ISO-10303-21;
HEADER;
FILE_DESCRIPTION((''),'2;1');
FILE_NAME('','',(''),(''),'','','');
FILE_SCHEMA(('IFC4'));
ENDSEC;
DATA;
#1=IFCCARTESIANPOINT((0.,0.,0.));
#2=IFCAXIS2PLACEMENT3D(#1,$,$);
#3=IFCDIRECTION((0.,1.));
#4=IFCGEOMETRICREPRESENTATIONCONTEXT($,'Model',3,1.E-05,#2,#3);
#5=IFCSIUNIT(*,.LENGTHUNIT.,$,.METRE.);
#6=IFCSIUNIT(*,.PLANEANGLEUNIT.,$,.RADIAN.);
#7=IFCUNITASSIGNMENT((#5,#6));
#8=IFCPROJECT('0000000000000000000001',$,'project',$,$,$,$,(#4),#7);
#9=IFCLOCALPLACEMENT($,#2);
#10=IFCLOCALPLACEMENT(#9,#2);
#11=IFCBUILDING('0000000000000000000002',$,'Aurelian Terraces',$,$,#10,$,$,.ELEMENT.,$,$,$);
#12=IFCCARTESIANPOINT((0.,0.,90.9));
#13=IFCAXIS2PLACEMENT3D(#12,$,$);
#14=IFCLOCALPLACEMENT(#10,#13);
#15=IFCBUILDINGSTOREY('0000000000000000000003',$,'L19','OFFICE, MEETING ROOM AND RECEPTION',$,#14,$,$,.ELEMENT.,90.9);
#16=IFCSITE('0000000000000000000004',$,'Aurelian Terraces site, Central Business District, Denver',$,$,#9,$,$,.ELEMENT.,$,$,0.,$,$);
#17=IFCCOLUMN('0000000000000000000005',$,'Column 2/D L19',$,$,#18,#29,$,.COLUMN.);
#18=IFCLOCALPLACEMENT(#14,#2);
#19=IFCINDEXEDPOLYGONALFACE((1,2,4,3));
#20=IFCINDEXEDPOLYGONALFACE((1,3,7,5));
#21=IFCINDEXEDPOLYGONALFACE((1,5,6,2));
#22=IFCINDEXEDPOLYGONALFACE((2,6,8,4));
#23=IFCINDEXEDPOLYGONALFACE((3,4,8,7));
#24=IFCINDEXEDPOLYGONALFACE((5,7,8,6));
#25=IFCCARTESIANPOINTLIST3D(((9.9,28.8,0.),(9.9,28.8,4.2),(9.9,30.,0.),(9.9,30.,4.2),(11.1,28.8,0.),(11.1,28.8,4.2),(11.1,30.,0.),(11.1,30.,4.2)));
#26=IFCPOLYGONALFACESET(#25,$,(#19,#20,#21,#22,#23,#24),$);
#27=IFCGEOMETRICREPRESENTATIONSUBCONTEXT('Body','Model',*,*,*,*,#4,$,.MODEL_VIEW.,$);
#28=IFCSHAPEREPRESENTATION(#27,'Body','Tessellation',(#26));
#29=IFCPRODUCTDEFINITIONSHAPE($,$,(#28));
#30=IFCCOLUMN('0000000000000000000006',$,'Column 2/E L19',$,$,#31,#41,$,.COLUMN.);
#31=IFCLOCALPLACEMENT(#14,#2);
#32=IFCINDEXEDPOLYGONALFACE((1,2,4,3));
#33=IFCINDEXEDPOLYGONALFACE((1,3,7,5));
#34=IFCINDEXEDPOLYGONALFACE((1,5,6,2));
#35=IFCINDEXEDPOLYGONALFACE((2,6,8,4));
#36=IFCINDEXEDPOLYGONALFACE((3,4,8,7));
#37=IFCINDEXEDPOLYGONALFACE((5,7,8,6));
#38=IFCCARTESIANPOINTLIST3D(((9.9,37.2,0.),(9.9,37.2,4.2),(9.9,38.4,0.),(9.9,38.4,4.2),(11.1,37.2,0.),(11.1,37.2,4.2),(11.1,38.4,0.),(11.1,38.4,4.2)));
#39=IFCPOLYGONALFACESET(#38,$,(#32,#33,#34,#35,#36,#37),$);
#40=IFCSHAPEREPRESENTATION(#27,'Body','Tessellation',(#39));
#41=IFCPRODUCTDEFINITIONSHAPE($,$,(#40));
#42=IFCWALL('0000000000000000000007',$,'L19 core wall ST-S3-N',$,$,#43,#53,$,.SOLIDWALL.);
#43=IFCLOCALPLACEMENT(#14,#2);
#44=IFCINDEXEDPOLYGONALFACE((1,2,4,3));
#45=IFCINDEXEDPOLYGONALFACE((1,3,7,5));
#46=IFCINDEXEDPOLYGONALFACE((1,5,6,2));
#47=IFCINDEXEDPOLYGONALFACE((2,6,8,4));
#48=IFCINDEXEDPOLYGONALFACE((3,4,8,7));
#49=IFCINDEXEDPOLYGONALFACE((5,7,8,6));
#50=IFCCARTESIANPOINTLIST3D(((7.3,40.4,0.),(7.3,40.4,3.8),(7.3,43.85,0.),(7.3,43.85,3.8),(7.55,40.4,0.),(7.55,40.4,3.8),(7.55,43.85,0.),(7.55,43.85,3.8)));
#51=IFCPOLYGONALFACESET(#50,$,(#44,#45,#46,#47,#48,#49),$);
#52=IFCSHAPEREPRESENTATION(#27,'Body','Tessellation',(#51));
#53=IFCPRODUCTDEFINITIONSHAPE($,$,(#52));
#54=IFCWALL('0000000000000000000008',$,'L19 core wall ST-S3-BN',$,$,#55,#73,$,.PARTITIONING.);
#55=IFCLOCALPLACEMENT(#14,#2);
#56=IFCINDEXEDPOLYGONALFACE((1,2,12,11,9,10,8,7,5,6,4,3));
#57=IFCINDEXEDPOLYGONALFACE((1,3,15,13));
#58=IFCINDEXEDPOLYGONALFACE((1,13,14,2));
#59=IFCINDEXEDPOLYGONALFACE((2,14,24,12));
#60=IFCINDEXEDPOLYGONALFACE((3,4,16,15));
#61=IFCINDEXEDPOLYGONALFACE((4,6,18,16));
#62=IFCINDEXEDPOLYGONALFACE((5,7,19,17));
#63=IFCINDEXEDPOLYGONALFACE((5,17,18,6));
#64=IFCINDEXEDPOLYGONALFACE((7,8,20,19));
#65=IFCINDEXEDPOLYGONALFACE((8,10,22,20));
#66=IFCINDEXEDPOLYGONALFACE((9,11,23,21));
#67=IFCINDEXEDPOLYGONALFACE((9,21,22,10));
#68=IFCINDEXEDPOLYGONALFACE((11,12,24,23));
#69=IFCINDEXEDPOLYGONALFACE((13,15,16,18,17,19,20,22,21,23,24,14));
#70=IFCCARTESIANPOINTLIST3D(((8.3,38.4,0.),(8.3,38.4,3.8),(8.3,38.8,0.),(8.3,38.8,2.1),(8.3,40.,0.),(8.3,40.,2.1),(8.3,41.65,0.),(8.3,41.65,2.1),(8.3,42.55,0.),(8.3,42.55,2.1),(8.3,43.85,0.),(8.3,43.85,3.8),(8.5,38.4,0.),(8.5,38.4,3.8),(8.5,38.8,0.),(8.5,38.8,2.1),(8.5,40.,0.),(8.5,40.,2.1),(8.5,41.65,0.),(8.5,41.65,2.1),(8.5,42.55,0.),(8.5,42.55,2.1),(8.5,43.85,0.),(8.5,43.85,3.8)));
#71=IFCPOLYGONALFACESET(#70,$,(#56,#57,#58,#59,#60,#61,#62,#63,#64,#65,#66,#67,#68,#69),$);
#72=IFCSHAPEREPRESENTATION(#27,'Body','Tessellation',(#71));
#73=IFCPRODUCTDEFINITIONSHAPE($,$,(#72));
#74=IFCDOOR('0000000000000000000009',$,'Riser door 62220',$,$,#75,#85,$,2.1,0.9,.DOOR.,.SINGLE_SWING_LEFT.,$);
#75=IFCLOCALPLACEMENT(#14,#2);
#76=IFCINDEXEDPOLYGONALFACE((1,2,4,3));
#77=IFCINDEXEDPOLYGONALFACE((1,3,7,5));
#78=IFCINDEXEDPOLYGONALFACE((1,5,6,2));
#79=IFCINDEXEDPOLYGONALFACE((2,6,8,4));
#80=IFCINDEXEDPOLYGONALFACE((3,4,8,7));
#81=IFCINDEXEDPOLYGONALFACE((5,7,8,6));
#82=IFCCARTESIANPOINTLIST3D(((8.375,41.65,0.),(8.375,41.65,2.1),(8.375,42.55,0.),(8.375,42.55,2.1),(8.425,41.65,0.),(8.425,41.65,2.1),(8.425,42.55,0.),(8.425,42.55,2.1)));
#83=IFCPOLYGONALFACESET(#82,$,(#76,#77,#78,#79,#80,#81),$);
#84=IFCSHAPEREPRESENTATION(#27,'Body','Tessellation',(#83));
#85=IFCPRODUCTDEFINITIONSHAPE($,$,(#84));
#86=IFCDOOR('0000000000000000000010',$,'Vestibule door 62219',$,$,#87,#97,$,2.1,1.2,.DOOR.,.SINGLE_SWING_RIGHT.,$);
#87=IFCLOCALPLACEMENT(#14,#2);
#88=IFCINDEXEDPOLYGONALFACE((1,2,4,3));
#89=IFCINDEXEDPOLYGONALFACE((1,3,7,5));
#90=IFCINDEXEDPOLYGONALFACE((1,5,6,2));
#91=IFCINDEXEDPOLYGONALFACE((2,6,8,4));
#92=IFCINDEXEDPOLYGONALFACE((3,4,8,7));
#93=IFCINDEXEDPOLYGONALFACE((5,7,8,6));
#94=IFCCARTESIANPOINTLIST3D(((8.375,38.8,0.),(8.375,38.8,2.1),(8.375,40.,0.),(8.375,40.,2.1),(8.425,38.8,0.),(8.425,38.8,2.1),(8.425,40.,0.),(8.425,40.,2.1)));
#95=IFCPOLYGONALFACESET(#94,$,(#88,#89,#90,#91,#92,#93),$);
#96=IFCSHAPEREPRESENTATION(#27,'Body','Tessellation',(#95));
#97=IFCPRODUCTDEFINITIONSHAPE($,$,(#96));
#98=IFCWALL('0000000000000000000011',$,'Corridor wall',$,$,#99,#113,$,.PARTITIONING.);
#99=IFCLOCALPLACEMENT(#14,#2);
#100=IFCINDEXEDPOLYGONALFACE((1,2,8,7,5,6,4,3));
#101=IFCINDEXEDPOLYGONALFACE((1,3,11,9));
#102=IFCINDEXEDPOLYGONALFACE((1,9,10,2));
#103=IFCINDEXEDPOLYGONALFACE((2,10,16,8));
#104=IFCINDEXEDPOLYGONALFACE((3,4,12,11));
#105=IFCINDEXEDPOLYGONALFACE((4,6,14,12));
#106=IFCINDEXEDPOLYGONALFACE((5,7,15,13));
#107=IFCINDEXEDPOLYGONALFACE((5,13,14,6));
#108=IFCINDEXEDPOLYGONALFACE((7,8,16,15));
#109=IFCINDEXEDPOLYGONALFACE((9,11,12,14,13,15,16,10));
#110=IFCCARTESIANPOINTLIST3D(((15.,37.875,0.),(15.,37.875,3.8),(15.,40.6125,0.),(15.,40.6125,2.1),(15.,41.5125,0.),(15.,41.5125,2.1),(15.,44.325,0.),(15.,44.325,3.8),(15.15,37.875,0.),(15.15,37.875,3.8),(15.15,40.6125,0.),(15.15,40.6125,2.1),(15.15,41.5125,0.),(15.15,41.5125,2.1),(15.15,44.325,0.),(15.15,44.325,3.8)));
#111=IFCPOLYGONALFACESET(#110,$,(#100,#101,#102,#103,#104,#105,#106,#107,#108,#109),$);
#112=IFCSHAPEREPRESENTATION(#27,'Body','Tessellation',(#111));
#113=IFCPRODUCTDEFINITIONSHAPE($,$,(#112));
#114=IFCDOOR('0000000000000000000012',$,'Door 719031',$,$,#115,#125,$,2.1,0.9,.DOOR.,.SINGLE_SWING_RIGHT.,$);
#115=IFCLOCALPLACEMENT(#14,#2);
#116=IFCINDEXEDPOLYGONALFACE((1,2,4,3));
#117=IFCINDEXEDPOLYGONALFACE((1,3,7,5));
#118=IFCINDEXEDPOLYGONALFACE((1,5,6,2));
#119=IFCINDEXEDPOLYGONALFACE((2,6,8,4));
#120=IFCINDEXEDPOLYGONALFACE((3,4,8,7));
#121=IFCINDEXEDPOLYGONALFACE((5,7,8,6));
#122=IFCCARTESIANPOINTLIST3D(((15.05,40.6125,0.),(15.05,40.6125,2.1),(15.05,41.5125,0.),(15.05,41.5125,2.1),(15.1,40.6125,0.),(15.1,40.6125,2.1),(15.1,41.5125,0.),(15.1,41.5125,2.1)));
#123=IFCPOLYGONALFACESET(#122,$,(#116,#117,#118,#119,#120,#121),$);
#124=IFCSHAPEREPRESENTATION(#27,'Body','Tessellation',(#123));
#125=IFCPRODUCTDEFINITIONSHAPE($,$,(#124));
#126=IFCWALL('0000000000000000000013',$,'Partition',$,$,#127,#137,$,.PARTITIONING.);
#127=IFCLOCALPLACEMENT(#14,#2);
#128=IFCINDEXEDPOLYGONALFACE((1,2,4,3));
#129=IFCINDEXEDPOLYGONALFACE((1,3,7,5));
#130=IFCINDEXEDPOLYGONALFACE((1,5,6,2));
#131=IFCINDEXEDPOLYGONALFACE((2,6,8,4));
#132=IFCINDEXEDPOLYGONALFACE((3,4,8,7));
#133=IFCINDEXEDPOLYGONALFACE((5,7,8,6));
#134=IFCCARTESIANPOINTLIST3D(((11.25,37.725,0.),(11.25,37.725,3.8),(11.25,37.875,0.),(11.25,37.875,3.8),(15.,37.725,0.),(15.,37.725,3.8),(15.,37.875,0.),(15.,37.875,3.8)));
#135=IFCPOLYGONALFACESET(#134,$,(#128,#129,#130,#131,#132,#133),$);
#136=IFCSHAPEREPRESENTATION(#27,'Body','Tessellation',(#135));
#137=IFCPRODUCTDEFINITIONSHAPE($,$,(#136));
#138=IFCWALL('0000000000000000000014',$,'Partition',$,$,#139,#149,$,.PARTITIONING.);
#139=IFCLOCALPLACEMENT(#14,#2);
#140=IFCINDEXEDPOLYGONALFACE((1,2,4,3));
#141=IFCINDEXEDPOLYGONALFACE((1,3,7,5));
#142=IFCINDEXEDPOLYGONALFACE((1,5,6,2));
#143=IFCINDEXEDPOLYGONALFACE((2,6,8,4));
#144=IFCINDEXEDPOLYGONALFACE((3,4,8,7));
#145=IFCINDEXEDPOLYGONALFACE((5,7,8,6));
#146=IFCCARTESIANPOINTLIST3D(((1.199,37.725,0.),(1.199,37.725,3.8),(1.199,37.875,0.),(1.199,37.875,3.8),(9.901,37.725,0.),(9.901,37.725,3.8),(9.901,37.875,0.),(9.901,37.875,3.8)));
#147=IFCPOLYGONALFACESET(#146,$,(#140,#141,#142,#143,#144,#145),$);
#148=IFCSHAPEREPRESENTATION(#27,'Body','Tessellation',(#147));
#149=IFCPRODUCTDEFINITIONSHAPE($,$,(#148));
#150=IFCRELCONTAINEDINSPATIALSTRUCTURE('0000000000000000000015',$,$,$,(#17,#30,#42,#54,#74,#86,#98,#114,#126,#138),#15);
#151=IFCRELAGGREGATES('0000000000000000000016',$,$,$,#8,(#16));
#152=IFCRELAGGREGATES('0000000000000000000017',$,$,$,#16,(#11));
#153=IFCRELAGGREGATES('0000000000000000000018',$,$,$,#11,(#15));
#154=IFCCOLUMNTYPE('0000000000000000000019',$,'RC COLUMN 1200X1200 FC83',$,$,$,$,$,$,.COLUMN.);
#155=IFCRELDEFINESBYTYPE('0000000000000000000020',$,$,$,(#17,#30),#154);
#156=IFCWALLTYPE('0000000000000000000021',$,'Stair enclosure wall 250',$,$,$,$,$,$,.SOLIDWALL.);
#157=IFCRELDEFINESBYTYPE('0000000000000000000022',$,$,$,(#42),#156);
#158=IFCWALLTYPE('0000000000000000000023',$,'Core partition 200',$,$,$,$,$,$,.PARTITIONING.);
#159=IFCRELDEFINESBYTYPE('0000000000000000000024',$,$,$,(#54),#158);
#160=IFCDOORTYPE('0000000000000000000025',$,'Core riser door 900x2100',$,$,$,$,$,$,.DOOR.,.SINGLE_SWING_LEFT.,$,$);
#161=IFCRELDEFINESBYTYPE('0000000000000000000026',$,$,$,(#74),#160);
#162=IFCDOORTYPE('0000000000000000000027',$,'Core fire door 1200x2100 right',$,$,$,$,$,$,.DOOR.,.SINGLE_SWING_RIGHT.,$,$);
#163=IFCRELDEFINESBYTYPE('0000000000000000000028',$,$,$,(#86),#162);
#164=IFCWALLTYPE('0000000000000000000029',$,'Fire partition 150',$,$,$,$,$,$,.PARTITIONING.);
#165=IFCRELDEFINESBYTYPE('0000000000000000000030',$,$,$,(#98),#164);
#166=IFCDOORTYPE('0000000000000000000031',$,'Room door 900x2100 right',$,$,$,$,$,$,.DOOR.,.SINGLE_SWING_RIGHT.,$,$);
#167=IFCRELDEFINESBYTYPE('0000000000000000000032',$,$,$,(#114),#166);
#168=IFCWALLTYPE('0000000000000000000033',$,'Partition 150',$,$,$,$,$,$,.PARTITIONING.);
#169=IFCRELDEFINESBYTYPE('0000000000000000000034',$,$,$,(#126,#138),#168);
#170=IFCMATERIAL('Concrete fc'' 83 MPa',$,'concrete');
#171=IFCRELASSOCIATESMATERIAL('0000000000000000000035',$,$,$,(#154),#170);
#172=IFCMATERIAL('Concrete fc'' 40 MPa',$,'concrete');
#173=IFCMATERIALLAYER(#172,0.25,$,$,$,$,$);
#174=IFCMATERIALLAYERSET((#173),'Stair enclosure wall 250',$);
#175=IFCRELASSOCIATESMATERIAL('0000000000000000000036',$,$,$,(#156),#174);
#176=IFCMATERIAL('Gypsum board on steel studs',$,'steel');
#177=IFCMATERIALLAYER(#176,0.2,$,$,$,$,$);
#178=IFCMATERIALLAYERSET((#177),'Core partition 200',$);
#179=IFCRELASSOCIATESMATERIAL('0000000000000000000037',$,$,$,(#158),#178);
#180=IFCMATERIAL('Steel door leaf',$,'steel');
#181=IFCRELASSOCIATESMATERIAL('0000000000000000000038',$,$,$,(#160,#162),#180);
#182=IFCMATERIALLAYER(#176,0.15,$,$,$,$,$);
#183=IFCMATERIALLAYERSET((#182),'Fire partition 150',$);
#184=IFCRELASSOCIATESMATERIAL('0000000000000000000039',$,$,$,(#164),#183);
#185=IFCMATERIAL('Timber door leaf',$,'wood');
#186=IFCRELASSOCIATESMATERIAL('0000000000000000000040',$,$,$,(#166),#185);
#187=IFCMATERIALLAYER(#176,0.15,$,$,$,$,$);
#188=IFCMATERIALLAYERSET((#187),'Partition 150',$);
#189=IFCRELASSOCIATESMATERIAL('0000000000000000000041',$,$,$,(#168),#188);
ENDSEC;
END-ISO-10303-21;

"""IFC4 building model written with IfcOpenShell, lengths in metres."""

from ifc_helpers import new_model, si_unit, direction, frame, frame_2d, origin, origin_2d, place, context, subcontext, project, spatial, rectangle, extrude, source, transform, mapped, material, layer, layer_set, material_profile, profile_set, type_object, element, fill, save


model = new_model("IFC4")

# Units and contexts
model_context = context("Model", 3, precision=1e-05, world=origin(), true_north=direction((0.0, 1.0)))
body_context = subcontext(model_context, "Body", "Model", "MODEL_VIEW")
ifc_project = project(units=[si_unit("LENGTHUNIT", "METRE"), si_unit("PLANEANGLEUNIT", "RADIAN")], contexts=[model_context])

# Site, building, storey
site_placement = place(None, origin())
site = spatial("IfcSite", under=ifc_project, at=site_placement, Name="Aurelian Terraces site, Central Business District, Denver", CompositionType="ELEMENT", RefElevation=0.0)
building_placement = place(site_placement, origin())
building = spatial("IfcBuilding", under=site, at=building_placement, Name="Aurelian Terraces", CompositionType="ELEMENT")
storey_placement = place(building_placement, frame((0.0, 0.0, 90.9)))
storey = spatial("IfcBuildingStorey", under=building, at=storey_placement, Name="L19", Description="OFFICE, MEETING ROOM AND RECEPTION", CompositionType="ELEMENT", Elevation=90.9)

# Columns
ifc_material_1 = material(Name="Concrete fc' 83 MPa", Category="concrete")
ifc_material_profile = material_profile(ifc_material_1, rectangle(XDim=1.2, YDim=1.2, at=origin_2d()))
ifc_profile_set = profile_set([ifc_material_profile], Name="Concrete fc' 83 MPa")
column_type = type_object("IfcColumnType", Name="RC COLUMN 1200X1200 FC83", PredefinedType="COLUMN", material=ifc_profile_set)
shared_shape_1 = source(origin(), body_context, "Body", "SweptSolid", [
    extrude(rectangle(XDim=1.2, YDim=1.2, at=origin_2d()), origin(), (0.0, 0.0, 1.0), 4.2),
])
for number, where, z_axis, x_axis, name in (
    (1, (10.5, 29.4, 0.0), (0.0, 0.0, 1.0), (1.0, 0.0, 0.0), "Column 2/D L19"),
    (2, (10.5, 37.8, 0.0), (0.0, 0.0, 1.0), (1.0, 0.0, 0.0), "Column 2/E L19"),
):
    element("IfcColumn", number, at=place(storey_placement, frame(where, z_axis=z_axis, x_axis=x_axis)), inside=storey, type_object=column_type, Name=name, PredefinedType="COLUMN", context=body_context, shape_type="MappedRepresentation", body=[
        mapped(shared_shape_1, transform((0.0, 0.0, 0.0), scale=1.0)),
    ])

# Wall
ifc_material_2 = material(Name="Concrete fc' 40 MPa", Category="concrete")
ifc_layer_1 = layer(ifc_material_2, 0.25)
ifc_layer_set_1 = layer_set([ifc_layer_1], Name="Stair enclosure wall 250")
wall_type_1 = type_object("IfcWallType", Name="Stair enclosure wall 250", PredefinedType="SOLIDWALL", material=ifc_layer_set_1)
shared_shape_2 = source(origin(), body_context, "Body", "SweptSolid", [
    extrude(rectangle(XDim=3.45, YDim=0.25, at=frame_2d((1.725, 0.0))), origin(), (0.0, 0.0, 1.0), 3.8),
])
wall_1_placement = place(storey_placement, frame((7.425, 40.4, 0.0), z_axis=(0.0, 0.0, 1.0), x_axis=(0.0, 1.0, 0.0)))
element("IfcWall", 3, at=wall_1_placement, inside=storey, type_object=wall_type_1, Name="L19 core wall ST-S3-N", PredefinedType="SOLIDWALL", context=body_context, shape_type="MappedRepresentation", body=[
    mapped(shared_shape_2, transform((0.0, 0.0, 0.0), scale=1.0)),
])

# Wall, openings, doors
ifc_material_3 = material(Name="Gypsum board on steel studs", Category="steel")
ifc_layer_2 = layer(ifc_material_3, 0.2)
ifc_layer_set_2 = layer_set([ifc_layer_2], Name="Core partition 200")
wall_type_2 = type_object("IfcWallType", Name="Core partition 200", PredefinedType="PARTITIONING", material=ifc_layer_set_2)
shared_shape_3 = source(origin(), body_context, "Body", "SweptSolid", [
    extrude(rectangle(XDim=5.45, YDim=0.2, at=frame_2d((2.725, 0.0))), origin(), (0.0, 0.0, 1.0), 3.8),
])
wall_2_placement = place(storey_placement, frame((8.4, 38.4, 0.0), z_axis=(0.0, 0.0, 1.0), x_axis=(0.0, 1.0, 0.0)))
wall_2 = element("IfcWall", 4, at=wall_2_placement, inside=storey, type_object=wall_type_2, Name="L19 core wall ST-S3-BN", PredefinedType="PARTITIONING", context=body_context, shape_type="MappedRepresentation", body=[
    mapped(shared_shape_3, transform((0.0, 0.0, 0.0), scale=1.0)),
])
shared_shape_4 = source(origin(), body_context, "Body", "SweptSolid", [
    extrude(rectangle(XDim=1.2, YDim=2.1, at=frame_2d((0.6, 1.05))), frame((0.0, 0.11, 0.0), z_axis=(0.0, -1.0, 0.0), x_axis=(1.0, 0.0, 0.0)), (0.0, 0.0, 1.0), 0.22),
])
opening_1_placement = place(wall_2_placement, frame((0.4, 0.0, 0.0)))
opening_1 = element("IfcOpeningElement", 5, at=opening_1_placement, cuts=wall_2, PredefinedType="OPENING", context=body_context, shape_type="MappedRepresentation", body=[
    mapped(shared_shape_4, transform((0.0, 0.0, 0.0), scale=1.0)),
])
shared_shape_5 = source(origin(), body_context, "Body", "SweptSolid", [
    extrude(rectangle(XDim=0.9, YDim=2.1, at=frame_2d((0.45, 1.05))), frame((0.0, 0.11, 0.0), z_axis=(0.0, -1.0, 0.0), x_axis=(1.0, 0.0, 0.0)), (0.0, 0.0, 1.0), 0.22),
])
opening_2_placement = place(wall_2_placement, frame((3.25, 0.0, 0.0)))
opening_2 = element("IfcOpeningElement", 6, at=opening_2_placement, cuts=wall_2, PredefinedType="OPENING", context=body_context, shape_type="MappedRepresentation", body=[
    mapped(shared_shape_5, transform((0.0, 0.0, 0.0), scale=1.0)),
])
ifc_material_4 = material(Name="Steel door leaf", Category="steel")
door_type_1 = type_object("IfcDoorType", Name="Core riser door 900x2100", OperationType="SINGLE_SWING_LEFT", PredefinedType="DOOR", material=ifc_material_4)
shared_shape_6 = source(origin(), body_context, "Body", "SweptSolid", [
    extrude(rectangle(XDim=0.9, YDim=2.1, at=frame_2d((0.45, 1.05))), frame((0.0, 0.025, 0.0), z_axis=(0.0, -1.0, 0.0), x_axis=(1.0, 0.0, 0.0)), (0.0, 0.0, 1.0), 0.05),
])
door_1_placement = place(opening_2_placement, origin())
door_1 = element("IfcDoor", 7, at=door_1_placement, inside=storey, type_object=door_type_1, Name="Riser door 62220", OperationType="SINGLE_SWING_LEFT", OverallHeight=2.1, OverallWidth=0.9, PredefinedType="DOOR", context=body_context, shape_type="MappedRepresentation", body=[
    mapped(shared_shape_6, transform((0.0, 0.0, 0.0), scale=1.0)),
])
fill(opening_2, door_1)
door_type_2 = type_object("IfcDoorType", Name="Core fire door 1200x2100 right", OperationType="SINGLE_SWING_RIGHT", PredefinedType="DOOR", material=ifc_material_4)
shared_shape_7 = source(origin(), body_context, "Body", "SweptSolid", [
    extrude(rectangle(XDim=1.2, YDim=2.1, at=frame_2d((0.6, 1.05))), frame((0.0, 0.025, 0.0), z_axis=(0.0, -1.0, 0.0), x_axis=(1.0, 0.0, 0.0)), (0.0, 0.0, 1.0), 0.05),
])
door_2_placement = place(opening_1_placement, origin())
door_2 = element("IfcDoor", 8, at=door_2_placement, inside=storey, type_object=door_type_2, Name="Vestibule door 62219", OperationType="SINGLE_SWING_RIGHT", OverallHeight=2.1, OverallWidth=1.2, PredefinedType="DOOR", context=body_context, shape_type="MappedRepresentation", body=[
    mapped(shared_shape_7, transform((0.0, 0.0, 0.0), scale=1.0)),
])
fill(opening_1, door_2)

# Wall, opening, door
ifc_layer_3 = layer(ifc_material_3, 0.15)
ifc_layer_set_3 = layer_set([ifc_layer_3], Name="Fire partition 150")
wall_type_3 = type_object("IfcWallType", Name="Fire partition 150", PredefinedType="PARTITIONING", material=ifc_layer_set_3)
shared_shape_8 = source(origin(), body_context, "Body", "SweptSolid", [
    extrude(rectangle(XDim=6.45, YDim=0.15, at=frame_2d((3.225, 0.0))), origin(), (0.0, 0.0, 1.0), 3.8),
])
wall_3_placement = place(storey_placement, frame((15.075, 37.875, 0.0), z_axis=(0.0, 0.0, 1.0), x_axis=(0.0, 1.0, 0.0)))
wall_3 = element("IfcWall", 9, at=wall_3_placement, inside=storey, type_object=wall_type_3, Name="Corridor wall", PredefinedType="PARTITIONING", context=body_context, shape_type="MappedRepresentation", body=[
    mapped(shared_shape_8, transform((0.0, 0.0, 0.0), scale=1.0)),
])
shared_shape_9 = source(origin(), body_context, "Body", "SweptSolid", [
    extrude(rectangle(XDim=0.9, YDim=2.1, at=frame_2d((0.45, 1.05))), frame((0.0, 0.085, 0.0), z_axis=(0.0, -1.0, 0.0), x_axis=(1.0, 0.0, 0.0)), (0.0, 0.0, 1.0), 0.17),
])
opening_3_placement = place(wall_3_placement, frame((2.7375, 0.0, 0.0)))
opening_3 = element("IfcOpeningElement", 10, at=opening_3_placement, cuts=wall_3, PredefinedType="OPENING", context=body_context, shape_type="MappedRepresentation", body=[
    mapped(shared_shape_9, transform((0.0, 0.0, 0.0), scale=1.0)),
])
ifc_material_5 = material(Name="Timber door leaf", Category="wood")
door_type_3 = type_object("IfcDoorType", Name="Room door 900x2100 right", OperationType="SINGLE_SWING_RIGHT", PredefinedType="DOOR", material=ifc_material_5)
door_3_placement = place(opening_3_placement, origin())
door_3 = element("IfcDoor", 11, at=door_3_placement, inside=storey, type_object=door_type_3, Name="Door 719031", OperationType="SINGLE_SWING_RIGHT", OverallHeight=2.1, OverallWidth=0.9, PredefinedType="DOOR", context=body_context, shape_type="MappedRepresentation", body=[
    mapped(shared_shape_6, transform((0.0, 0.0, 0.0), scale=1.0)),
])
fill(opening_3, door_3)

# Walls
ifc_layer_4 = layer(ifc_material_3, 0.15)
ifc_layer_set_4 = layer_set([ifc_layer_4], Name="Partition 150")
wall_type_4 = type_object("IfcWallType", Name="Partition 150", PredefinedType="PARTITIONING", material=ifc_layer_set_4)
shared_shape_10 = source(origin(), body_context, "Body", "SweptSolid", [
    extrude(rectangle(XDim=3.75, YDim=0.15, at=frame_2d((1.875, 0.0))), origin(), (0.0, 0.0, 1.0), 3.8),
])
wall_4_placement = place(storey_placement, frame((15.0, 37.8, 0.0), z_axis=(0.0, 0.0, 1.0), x_axis=(-1.0, 0.0, 0.0)))
element("IfcWall", 12, at=wall_4_placement, inside=storey, type_object=wall_type_4, Name="Partition", PredefinedType="PARTITIONING", context=body_context, shape_type="MappedRepresentation", body=[
    mapped(shared_shape_10, transform((0.0, 0.0, 0.0), scale=1.0)),
])
shared_shape_11 = source(origin(), body_context, "Body", "SweptSolid", [
    extrude(rectangle(XDim=8.702, YDim=0.15, at=frame_2d((4.351, 0.0))), origin(), (0.0, 0.0, 1.0), 3.8),
])
wall_5_placement = place(storey_placement, frame((9.901, 37.8, 0.0), z_axis=(0.0, 0.0, 1.0), x_axis=(-1.0, 0.0, 0.0)))
element("IfcWall", 13, at=wall_5_placement, inside=storey, type_object=wall_type_4, Name="Partition", PredefinedType="PARTITIONING", context=body_context, shape_type="MappedRepresentation", body=[
    mapped(shared_shape_11, transform((0.0, 0.0, 0.0), scale=1.0)),
])

save(model, "model.ifc")
